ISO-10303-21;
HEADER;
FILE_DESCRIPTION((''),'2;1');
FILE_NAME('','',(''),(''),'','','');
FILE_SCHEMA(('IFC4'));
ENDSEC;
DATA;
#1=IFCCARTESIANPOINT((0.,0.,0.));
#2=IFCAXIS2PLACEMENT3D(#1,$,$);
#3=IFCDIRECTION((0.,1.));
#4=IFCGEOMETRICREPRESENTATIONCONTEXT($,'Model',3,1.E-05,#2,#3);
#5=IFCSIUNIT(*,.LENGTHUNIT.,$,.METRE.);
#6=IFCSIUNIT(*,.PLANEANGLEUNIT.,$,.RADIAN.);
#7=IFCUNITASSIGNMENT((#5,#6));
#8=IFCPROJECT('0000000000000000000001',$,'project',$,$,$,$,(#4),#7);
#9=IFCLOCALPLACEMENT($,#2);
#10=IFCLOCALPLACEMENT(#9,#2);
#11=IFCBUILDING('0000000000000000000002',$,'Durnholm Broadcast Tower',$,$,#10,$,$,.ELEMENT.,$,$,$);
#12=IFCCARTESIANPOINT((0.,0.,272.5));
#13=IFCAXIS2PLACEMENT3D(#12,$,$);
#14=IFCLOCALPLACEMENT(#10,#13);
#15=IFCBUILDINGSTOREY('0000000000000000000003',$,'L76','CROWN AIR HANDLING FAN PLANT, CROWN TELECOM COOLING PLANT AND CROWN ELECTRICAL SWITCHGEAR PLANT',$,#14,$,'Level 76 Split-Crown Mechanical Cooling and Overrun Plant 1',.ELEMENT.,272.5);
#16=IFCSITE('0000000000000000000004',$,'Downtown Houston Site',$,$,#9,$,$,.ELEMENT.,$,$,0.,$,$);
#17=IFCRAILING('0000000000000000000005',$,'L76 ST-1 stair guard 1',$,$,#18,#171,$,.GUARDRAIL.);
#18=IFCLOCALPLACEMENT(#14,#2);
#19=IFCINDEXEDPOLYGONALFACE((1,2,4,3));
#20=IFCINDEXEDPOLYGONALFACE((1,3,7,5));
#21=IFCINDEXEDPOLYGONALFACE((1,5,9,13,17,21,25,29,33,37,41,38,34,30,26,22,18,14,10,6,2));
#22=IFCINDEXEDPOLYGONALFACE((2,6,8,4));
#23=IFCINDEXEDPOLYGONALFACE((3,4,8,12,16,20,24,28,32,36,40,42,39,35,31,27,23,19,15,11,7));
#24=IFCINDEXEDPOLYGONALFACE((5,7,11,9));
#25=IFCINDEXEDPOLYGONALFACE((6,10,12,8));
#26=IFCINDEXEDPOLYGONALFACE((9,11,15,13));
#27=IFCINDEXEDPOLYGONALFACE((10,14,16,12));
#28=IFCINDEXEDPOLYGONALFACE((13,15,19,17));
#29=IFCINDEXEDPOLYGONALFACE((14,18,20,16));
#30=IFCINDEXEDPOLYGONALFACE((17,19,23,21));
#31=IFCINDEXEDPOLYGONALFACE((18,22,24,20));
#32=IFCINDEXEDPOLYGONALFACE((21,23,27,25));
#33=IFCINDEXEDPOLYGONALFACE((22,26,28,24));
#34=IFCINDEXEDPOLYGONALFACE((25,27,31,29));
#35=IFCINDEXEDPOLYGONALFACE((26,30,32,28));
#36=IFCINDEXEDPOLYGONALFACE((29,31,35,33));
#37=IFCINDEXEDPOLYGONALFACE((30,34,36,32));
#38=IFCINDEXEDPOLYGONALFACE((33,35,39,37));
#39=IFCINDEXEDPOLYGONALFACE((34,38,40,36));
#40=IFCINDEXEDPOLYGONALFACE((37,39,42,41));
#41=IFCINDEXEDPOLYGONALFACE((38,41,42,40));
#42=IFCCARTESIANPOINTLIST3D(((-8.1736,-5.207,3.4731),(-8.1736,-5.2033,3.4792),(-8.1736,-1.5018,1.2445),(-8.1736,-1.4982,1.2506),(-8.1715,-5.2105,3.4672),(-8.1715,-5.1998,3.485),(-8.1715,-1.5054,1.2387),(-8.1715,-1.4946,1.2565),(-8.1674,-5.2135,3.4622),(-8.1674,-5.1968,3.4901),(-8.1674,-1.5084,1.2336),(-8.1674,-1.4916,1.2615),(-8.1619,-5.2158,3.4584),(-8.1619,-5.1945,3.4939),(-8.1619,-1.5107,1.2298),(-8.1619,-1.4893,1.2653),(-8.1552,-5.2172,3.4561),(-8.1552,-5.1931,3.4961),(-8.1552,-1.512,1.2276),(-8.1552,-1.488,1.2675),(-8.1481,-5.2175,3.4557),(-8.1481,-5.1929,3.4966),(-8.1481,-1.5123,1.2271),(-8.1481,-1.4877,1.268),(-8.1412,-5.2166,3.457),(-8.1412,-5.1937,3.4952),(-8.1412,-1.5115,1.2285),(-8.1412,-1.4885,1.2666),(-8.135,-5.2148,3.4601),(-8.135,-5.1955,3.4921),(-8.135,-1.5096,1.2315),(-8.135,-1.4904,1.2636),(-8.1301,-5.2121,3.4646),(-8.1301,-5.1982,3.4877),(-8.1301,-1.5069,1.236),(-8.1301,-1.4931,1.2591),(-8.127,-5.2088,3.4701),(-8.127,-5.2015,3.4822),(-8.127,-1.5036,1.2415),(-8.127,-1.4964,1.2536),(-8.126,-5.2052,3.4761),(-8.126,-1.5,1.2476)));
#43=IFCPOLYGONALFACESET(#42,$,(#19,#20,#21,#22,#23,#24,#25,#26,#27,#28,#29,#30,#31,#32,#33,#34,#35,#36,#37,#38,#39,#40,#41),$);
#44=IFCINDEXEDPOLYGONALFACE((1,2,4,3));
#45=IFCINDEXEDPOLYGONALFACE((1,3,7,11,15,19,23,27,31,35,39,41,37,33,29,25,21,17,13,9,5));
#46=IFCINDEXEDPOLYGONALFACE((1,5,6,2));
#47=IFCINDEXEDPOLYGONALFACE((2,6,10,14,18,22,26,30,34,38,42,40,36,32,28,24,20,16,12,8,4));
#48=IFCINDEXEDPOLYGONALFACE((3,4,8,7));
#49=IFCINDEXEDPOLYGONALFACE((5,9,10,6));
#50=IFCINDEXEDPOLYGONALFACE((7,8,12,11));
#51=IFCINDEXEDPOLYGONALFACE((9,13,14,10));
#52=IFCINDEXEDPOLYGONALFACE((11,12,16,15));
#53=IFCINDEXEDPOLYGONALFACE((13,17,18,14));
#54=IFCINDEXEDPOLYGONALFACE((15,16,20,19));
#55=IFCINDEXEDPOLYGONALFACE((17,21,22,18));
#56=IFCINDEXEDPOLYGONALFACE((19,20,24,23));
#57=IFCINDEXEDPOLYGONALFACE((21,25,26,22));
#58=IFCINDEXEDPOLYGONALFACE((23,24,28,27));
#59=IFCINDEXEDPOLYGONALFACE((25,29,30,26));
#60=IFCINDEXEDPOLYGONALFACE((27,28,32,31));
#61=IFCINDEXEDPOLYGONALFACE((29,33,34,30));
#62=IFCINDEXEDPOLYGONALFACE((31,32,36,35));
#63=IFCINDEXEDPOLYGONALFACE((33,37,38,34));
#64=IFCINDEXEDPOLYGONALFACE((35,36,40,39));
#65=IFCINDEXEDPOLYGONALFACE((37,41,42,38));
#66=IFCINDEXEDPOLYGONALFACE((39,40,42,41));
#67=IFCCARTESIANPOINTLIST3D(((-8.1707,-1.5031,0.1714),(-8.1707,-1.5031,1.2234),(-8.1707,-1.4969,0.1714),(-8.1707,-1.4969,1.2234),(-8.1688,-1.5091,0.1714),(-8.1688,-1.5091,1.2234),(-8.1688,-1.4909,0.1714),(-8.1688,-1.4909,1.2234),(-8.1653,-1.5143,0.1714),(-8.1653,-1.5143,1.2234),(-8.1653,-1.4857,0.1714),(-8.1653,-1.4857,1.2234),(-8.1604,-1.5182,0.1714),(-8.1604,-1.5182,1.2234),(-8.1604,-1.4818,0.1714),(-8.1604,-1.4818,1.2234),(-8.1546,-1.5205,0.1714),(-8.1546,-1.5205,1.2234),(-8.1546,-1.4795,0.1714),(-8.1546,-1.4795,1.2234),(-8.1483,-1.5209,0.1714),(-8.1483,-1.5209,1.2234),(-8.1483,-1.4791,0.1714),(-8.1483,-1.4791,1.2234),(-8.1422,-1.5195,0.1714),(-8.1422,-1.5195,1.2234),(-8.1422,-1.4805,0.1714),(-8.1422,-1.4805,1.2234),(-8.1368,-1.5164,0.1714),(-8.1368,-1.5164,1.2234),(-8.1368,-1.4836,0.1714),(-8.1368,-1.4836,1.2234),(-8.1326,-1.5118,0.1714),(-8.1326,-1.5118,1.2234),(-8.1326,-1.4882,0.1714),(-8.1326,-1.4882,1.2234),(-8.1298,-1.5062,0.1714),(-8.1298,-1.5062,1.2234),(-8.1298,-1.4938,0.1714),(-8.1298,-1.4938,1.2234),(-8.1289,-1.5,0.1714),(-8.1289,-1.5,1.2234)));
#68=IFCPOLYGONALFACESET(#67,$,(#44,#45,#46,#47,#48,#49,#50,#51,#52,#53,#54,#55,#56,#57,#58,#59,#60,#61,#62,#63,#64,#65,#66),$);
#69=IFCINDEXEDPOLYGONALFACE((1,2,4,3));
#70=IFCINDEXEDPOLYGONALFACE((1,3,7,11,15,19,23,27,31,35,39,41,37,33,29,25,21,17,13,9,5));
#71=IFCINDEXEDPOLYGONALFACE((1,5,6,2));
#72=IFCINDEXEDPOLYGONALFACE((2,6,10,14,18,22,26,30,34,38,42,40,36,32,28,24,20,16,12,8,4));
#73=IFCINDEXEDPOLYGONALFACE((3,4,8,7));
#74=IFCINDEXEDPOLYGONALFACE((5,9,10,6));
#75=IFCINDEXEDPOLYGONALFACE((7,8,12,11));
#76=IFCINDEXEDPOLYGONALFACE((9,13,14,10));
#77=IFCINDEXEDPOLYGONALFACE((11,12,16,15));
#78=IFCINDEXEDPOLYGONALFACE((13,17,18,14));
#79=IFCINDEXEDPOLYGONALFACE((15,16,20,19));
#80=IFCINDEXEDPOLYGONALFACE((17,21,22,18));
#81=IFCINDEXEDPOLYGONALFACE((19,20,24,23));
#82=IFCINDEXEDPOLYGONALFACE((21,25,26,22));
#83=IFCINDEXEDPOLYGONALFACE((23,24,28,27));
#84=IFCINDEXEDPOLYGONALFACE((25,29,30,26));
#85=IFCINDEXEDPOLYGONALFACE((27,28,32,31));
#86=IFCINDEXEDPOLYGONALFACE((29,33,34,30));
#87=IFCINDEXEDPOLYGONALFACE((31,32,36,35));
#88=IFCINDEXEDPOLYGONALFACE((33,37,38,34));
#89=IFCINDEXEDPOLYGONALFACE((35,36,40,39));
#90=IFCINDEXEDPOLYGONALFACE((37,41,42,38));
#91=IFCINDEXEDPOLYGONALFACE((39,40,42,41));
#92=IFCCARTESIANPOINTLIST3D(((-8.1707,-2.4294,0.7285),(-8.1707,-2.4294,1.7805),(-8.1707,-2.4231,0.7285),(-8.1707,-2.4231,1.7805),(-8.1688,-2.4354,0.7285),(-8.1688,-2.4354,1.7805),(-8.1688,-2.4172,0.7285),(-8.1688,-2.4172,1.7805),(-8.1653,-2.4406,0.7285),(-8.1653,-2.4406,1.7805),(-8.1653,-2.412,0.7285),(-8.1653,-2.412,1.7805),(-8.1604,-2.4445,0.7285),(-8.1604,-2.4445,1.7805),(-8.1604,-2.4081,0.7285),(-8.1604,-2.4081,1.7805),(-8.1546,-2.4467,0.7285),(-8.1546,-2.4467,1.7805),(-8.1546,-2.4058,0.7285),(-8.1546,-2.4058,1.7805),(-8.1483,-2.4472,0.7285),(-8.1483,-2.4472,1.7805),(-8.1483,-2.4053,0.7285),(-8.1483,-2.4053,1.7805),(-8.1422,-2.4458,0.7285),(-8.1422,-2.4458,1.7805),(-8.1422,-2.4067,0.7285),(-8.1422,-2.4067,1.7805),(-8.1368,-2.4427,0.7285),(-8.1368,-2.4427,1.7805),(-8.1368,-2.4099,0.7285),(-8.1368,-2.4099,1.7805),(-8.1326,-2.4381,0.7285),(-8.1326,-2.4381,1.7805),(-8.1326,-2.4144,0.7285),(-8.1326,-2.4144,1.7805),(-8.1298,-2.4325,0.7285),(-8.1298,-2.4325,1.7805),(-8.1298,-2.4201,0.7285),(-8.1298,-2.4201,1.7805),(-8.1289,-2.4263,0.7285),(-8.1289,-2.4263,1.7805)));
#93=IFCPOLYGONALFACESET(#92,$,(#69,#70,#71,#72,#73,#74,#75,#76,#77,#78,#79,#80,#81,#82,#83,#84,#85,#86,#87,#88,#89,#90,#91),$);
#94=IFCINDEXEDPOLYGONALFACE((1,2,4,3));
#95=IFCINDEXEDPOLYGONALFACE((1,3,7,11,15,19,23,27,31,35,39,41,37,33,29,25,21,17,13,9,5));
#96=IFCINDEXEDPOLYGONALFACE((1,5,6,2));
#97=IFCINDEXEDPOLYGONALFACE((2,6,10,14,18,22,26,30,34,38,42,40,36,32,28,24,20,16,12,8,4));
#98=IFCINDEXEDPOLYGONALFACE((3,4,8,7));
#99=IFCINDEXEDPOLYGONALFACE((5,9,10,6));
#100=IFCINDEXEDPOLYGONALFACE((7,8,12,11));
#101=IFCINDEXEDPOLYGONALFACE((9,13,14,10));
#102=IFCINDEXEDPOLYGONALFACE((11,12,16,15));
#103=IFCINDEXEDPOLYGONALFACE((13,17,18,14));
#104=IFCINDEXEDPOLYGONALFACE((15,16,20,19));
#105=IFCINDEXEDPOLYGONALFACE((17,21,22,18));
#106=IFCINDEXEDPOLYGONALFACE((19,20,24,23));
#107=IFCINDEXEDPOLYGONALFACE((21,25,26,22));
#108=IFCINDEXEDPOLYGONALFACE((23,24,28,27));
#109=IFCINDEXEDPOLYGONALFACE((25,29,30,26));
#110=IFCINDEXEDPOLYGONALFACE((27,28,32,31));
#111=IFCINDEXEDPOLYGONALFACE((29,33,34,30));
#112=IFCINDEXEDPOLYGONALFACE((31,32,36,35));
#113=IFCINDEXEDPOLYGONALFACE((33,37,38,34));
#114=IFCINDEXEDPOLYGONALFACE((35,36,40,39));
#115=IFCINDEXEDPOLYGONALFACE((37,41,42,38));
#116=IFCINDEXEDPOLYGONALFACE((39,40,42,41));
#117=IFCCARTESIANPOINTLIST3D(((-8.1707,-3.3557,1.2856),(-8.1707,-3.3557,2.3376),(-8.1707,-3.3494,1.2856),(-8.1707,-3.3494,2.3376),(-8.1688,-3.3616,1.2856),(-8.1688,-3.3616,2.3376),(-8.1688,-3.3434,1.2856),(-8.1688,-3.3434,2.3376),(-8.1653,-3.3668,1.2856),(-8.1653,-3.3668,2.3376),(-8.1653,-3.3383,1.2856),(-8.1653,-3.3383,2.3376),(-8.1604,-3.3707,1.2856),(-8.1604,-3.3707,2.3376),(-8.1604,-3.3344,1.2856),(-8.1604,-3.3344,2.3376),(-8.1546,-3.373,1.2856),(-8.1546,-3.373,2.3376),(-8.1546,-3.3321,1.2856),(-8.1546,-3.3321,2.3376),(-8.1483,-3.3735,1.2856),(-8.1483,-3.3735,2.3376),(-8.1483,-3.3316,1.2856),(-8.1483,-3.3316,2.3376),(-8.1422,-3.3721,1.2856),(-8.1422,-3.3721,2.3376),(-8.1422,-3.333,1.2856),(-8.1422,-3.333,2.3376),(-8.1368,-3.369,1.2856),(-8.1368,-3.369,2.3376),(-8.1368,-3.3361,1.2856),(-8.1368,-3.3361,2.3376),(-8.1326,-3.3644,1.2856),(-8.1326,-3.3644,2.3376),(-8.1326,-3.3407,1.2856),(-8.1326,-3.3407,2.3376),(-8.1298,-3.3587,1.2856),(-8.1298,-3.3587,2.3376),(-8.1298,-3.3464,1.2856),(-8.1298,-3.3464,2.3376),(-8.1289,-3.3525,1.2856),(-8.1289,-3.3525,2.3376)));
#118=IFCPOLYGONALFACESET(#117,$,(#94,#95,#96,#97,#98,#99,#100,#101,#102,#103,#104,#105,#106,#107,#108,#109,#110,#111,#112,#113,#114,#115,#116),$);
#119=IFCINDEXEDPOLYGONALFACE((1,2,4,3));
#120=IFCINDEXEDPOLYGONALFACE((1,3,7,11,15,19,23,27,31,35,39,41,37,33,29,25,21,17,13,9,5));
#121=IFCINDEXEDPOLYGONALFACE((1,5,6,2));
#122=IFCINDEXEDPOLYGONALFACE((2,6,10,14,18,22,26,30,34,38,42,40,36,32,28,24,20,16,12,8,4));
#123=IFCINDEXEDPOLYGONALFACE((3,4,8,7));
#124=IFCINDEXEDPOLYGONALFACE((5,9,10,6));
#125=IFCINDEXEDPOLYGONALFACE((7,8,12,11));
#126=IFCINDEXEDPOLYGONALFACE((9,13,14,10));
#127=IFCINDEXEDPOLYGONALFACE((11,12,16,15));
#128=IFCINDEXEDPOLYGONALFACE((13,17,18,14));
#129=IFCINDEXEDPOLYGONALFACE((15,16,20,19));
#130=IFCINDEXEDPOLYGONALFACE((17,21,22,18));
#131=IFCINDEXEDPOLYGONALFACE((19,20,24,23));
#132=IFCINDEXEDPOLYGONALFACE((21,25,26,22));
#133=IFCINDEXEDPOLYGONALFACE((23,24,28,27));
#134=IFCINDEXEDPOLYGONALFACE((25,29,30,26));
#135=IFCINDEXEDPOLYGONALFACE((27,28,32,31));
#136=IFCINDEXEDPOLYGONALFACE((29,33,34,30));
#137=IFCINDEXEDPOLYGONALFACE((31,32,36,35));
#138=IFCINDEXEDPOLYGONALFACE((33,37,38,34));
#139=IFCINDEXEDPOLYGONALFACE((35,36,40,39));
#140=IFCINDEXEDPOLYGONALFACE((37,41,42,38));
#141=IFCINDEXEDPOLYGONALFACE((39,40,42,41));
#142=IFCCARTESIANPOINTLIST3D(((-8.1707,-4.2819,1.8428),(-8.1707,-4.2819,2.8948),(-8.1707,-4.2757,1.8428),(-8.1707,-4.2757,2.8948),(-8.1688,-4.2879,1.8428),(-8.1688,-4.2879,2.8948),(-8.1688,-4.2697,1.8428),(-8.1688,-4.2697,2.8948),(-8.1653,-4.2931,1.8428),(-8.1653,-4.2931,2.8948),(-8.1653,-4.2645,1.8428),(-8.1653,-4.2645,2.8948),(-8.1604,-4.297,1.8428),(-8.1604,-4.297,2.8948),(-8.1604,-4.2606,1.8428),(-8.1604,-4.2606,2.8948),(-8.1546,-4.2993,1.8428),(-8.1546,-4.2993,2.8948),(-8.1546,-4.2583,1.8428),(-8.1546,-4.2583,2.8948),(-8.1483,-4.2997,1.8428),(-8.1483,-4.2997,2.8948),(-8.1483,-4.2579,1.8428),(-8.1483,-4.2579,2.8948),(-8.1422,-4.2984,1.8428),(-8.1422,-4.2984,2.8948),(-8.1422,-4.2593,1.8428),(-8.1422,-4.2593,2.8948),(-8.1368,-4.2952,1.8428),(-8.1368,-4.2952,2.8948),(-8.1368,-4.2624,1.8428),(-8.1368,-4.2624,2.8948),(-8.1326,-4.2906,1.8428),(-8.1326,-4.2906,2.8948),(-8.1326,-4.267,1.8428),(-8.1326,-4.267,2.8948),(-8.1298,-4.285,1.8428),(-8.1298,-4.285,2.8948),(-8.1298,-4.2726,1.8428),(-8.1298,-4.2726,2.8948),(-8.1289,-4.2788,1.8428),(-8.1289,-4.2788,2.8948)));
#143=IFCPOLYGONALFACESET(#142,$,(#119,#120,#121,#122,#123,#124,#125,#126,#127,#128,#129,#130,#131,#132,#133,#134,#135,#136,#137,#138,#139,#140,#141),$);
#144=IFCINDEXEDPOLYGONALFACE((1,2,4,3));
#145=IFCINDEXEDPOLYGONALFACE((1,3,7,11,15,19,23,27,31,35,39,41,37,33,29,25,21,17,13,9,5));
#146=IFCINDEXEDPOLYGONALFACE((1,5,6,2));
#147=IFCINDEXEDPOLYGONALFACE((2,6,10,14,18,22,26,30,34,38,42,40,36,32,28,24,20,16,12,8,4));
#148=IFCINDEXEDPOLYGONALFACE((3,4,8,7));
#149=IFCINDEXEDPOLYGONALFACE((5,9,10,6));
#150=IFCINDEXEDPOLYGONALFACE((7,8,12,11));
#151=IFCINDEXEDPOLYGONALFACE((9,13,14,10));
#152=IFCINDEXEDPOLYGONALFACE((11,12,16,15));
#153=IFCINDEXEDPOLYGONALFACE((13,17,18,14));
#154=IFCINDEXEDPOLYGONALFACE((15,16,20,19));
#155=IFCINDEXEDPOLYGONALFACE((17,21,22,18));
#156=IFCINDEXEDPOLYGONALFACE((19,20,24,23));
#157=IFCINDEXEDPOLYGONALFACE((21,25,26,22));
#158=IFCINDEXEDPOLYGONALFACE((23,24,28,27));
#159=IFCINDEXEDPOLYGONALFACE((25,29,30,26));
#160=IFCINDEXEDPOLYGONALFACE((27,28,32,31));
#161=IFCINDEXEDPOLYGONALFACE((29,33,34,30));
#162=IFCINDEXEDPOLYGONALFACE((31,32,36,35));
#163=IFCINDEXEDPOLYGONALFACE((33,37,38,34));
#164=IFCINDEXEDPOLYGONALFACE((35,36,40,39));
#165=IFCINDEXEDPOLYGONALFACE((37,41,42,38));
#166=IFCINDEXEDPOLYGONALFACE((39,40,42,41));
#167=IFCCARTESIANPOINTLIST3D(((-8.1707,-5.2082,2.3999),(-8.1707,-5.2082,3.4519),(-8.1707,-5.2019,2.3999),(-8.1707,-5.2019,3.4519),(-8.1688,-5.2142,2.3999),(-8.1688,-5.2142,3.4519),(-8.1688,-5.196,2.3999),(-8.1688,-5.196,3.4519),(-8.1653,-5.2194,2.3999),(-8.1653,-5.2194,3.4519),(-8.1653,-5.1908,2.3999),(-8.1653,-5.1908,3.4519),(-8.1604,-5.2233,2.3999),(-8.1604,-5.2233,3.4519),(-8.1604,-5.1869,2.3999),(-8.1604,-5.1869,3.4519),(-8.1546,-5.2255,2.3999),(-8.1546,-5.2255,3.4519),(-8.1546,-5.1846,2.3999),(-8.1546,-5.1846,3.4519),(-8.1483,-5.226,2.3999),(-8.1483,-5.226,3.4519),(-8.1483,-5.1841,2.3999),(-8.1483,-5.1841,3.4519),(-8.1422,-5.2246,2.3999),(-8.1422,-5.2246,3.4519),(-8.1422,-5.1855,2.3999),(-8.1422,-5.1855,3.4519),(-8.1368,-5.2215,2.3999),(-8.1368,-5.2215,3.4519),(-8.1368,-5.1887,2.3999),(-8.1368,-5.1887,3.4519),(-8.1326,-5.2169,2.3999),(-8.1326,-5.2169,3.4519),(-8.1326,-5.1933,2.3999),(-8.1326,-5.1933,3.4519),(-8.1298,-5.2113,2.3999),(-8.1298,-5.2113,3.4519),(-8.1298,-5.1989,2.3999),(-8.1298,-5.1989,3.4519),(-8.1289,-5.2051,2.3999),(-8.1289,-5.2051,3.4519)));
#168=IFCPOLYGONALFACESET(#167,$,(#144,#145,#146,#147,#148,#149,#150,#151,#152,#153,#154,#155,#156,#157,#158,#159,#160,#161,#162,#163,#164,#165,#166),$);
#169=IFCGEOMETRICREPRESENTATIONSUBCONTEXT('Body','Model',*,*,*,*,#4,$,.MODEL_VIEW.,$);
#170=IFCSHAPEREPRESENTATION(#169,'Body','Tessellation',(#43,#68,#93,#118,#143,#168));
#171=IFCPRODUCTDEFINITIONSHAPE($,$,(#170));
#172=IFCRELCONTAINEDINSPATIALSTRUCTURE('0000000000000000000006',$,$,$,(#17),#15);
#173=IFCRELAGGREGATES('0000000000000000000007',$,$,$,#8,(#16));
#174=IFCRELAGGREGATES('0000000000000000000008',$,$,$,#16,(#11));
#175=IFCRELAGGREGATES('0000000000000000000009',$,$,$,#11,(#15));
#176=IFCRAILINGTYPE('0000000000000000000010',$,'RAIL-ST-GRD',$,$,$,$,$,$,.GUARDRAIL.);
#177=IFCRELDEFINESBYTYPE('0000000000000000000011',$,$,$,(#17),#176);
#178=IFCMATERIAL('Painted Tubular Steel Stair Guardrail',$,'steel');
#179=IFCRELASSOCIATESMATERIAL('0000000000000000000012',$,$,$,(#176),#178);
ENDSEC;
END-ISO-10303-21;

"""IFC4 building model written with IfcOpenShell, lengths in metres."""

from ifc_helpers import new_model, si_unit, direction, frame, origin, origin_2d, place, context, subcontext, project, spatial, circle, extrude, material, type_object, element, save


model = new_model("IFC4")

# Units and contexts
model_context = context("Model", 3, precision=1e-05, world=origin(), true_north=direction((0.0, 1.0)))
body_context = subcontext(model_context, "Body", "Model", "MODEL_VIEW")
ifc_project = project(units=[si_unit("LENGTHUNIT", "METRE"), si_unit("PLANEANGLEUNIT", "RADIAN")], contexts=[model_context])

# Site, building, storey
site_placement = place(None, origin())
site = spatial("IfcSite", under=ifc_project, at=site_placement, Name="Downtown Houston Site", CompositionType="ELEMENT", RefElevation=0.0)
building_placement = place(site_placement, origin())
building = spatial("IfcBuilding", under=site, at=building_placement, Name="Durnholm Broadcast Tower", CompositionType="ELEMENT")
storey_placement = place(building_placement, frame((0.0, 0.0, 272.5)))
storey = spatial("IfcBuildingStorey", under=building, at=storey_placement, Name="L76", Description="CROWN AIR HANDLING FAN PLANT, CROWN TELECOM COOLING PLANT AND CROWN ELECTRICAL SWITCHGEAR PLANT", LongName="Level 76 Split-Crown Mechanical Cooling and Overrun Plant 1", CompositionType="ELEMENT", Elevation=272.5)

# Railing
ifc_material_1 = material(Name="Painted Tubular Steel Stair Guardrail", Category="steel")
railing_type_1 = type_object("IfcRailingType", Name="RAIL-ST-GRD", PredefinedType="GUARDRAIL", material=ifc_material_1)
railing_1_placement = place(storey_placement, frame((-8.1499, -1.5, 0.1714)))
element("IfcRailing", 1, at=railing_1_placement, inside=storey, type_object=railing_type_1, Name="L76 ST-1 stair guard 1", PredefinedType="GUARDRAIL", context=body_context, shape_type="SweptSolid", body=[
    extrude(circle(Radius=0.0239, at=origin_2d()), frame((0.0, 0.0, 1.0762), z_axis=(0.0, -0.856934, 0.515425), x_axis=(1.0, 0.0, 0.0)), (0.0, 0.0, 1.0), 4.3237),
    extrude(circle(Radius=0.021, at=origin_2d()), origin(), (0.0, 0.0, 1.0), 1.052),
    extrude(circle(Radius=0.021, at=origin_2d()), frame((0.0, -0.9263, 0.5571)), (0.0, 0.0, 1.0), 1.052),
    extrude(circle(Radius=0.021, at=origin_2d()), frame((0.0, -1.8525, 1.1143)), (0.0, 0.0, 1.0), 1.052),
    extrude(circle(Radius=0.021, at=origin_2d()), frame((0.0, -2.7788, 1.6714)), (0.0, 0.0, 1.0), 1.052),
    extrude(circle(Radius=0.021, at=origin_2d()), frame((0.0, -3.7051, 2.2285)), (0.0, 0.0, 1.0), 1.052),
])

save(model, "model.ifc")
